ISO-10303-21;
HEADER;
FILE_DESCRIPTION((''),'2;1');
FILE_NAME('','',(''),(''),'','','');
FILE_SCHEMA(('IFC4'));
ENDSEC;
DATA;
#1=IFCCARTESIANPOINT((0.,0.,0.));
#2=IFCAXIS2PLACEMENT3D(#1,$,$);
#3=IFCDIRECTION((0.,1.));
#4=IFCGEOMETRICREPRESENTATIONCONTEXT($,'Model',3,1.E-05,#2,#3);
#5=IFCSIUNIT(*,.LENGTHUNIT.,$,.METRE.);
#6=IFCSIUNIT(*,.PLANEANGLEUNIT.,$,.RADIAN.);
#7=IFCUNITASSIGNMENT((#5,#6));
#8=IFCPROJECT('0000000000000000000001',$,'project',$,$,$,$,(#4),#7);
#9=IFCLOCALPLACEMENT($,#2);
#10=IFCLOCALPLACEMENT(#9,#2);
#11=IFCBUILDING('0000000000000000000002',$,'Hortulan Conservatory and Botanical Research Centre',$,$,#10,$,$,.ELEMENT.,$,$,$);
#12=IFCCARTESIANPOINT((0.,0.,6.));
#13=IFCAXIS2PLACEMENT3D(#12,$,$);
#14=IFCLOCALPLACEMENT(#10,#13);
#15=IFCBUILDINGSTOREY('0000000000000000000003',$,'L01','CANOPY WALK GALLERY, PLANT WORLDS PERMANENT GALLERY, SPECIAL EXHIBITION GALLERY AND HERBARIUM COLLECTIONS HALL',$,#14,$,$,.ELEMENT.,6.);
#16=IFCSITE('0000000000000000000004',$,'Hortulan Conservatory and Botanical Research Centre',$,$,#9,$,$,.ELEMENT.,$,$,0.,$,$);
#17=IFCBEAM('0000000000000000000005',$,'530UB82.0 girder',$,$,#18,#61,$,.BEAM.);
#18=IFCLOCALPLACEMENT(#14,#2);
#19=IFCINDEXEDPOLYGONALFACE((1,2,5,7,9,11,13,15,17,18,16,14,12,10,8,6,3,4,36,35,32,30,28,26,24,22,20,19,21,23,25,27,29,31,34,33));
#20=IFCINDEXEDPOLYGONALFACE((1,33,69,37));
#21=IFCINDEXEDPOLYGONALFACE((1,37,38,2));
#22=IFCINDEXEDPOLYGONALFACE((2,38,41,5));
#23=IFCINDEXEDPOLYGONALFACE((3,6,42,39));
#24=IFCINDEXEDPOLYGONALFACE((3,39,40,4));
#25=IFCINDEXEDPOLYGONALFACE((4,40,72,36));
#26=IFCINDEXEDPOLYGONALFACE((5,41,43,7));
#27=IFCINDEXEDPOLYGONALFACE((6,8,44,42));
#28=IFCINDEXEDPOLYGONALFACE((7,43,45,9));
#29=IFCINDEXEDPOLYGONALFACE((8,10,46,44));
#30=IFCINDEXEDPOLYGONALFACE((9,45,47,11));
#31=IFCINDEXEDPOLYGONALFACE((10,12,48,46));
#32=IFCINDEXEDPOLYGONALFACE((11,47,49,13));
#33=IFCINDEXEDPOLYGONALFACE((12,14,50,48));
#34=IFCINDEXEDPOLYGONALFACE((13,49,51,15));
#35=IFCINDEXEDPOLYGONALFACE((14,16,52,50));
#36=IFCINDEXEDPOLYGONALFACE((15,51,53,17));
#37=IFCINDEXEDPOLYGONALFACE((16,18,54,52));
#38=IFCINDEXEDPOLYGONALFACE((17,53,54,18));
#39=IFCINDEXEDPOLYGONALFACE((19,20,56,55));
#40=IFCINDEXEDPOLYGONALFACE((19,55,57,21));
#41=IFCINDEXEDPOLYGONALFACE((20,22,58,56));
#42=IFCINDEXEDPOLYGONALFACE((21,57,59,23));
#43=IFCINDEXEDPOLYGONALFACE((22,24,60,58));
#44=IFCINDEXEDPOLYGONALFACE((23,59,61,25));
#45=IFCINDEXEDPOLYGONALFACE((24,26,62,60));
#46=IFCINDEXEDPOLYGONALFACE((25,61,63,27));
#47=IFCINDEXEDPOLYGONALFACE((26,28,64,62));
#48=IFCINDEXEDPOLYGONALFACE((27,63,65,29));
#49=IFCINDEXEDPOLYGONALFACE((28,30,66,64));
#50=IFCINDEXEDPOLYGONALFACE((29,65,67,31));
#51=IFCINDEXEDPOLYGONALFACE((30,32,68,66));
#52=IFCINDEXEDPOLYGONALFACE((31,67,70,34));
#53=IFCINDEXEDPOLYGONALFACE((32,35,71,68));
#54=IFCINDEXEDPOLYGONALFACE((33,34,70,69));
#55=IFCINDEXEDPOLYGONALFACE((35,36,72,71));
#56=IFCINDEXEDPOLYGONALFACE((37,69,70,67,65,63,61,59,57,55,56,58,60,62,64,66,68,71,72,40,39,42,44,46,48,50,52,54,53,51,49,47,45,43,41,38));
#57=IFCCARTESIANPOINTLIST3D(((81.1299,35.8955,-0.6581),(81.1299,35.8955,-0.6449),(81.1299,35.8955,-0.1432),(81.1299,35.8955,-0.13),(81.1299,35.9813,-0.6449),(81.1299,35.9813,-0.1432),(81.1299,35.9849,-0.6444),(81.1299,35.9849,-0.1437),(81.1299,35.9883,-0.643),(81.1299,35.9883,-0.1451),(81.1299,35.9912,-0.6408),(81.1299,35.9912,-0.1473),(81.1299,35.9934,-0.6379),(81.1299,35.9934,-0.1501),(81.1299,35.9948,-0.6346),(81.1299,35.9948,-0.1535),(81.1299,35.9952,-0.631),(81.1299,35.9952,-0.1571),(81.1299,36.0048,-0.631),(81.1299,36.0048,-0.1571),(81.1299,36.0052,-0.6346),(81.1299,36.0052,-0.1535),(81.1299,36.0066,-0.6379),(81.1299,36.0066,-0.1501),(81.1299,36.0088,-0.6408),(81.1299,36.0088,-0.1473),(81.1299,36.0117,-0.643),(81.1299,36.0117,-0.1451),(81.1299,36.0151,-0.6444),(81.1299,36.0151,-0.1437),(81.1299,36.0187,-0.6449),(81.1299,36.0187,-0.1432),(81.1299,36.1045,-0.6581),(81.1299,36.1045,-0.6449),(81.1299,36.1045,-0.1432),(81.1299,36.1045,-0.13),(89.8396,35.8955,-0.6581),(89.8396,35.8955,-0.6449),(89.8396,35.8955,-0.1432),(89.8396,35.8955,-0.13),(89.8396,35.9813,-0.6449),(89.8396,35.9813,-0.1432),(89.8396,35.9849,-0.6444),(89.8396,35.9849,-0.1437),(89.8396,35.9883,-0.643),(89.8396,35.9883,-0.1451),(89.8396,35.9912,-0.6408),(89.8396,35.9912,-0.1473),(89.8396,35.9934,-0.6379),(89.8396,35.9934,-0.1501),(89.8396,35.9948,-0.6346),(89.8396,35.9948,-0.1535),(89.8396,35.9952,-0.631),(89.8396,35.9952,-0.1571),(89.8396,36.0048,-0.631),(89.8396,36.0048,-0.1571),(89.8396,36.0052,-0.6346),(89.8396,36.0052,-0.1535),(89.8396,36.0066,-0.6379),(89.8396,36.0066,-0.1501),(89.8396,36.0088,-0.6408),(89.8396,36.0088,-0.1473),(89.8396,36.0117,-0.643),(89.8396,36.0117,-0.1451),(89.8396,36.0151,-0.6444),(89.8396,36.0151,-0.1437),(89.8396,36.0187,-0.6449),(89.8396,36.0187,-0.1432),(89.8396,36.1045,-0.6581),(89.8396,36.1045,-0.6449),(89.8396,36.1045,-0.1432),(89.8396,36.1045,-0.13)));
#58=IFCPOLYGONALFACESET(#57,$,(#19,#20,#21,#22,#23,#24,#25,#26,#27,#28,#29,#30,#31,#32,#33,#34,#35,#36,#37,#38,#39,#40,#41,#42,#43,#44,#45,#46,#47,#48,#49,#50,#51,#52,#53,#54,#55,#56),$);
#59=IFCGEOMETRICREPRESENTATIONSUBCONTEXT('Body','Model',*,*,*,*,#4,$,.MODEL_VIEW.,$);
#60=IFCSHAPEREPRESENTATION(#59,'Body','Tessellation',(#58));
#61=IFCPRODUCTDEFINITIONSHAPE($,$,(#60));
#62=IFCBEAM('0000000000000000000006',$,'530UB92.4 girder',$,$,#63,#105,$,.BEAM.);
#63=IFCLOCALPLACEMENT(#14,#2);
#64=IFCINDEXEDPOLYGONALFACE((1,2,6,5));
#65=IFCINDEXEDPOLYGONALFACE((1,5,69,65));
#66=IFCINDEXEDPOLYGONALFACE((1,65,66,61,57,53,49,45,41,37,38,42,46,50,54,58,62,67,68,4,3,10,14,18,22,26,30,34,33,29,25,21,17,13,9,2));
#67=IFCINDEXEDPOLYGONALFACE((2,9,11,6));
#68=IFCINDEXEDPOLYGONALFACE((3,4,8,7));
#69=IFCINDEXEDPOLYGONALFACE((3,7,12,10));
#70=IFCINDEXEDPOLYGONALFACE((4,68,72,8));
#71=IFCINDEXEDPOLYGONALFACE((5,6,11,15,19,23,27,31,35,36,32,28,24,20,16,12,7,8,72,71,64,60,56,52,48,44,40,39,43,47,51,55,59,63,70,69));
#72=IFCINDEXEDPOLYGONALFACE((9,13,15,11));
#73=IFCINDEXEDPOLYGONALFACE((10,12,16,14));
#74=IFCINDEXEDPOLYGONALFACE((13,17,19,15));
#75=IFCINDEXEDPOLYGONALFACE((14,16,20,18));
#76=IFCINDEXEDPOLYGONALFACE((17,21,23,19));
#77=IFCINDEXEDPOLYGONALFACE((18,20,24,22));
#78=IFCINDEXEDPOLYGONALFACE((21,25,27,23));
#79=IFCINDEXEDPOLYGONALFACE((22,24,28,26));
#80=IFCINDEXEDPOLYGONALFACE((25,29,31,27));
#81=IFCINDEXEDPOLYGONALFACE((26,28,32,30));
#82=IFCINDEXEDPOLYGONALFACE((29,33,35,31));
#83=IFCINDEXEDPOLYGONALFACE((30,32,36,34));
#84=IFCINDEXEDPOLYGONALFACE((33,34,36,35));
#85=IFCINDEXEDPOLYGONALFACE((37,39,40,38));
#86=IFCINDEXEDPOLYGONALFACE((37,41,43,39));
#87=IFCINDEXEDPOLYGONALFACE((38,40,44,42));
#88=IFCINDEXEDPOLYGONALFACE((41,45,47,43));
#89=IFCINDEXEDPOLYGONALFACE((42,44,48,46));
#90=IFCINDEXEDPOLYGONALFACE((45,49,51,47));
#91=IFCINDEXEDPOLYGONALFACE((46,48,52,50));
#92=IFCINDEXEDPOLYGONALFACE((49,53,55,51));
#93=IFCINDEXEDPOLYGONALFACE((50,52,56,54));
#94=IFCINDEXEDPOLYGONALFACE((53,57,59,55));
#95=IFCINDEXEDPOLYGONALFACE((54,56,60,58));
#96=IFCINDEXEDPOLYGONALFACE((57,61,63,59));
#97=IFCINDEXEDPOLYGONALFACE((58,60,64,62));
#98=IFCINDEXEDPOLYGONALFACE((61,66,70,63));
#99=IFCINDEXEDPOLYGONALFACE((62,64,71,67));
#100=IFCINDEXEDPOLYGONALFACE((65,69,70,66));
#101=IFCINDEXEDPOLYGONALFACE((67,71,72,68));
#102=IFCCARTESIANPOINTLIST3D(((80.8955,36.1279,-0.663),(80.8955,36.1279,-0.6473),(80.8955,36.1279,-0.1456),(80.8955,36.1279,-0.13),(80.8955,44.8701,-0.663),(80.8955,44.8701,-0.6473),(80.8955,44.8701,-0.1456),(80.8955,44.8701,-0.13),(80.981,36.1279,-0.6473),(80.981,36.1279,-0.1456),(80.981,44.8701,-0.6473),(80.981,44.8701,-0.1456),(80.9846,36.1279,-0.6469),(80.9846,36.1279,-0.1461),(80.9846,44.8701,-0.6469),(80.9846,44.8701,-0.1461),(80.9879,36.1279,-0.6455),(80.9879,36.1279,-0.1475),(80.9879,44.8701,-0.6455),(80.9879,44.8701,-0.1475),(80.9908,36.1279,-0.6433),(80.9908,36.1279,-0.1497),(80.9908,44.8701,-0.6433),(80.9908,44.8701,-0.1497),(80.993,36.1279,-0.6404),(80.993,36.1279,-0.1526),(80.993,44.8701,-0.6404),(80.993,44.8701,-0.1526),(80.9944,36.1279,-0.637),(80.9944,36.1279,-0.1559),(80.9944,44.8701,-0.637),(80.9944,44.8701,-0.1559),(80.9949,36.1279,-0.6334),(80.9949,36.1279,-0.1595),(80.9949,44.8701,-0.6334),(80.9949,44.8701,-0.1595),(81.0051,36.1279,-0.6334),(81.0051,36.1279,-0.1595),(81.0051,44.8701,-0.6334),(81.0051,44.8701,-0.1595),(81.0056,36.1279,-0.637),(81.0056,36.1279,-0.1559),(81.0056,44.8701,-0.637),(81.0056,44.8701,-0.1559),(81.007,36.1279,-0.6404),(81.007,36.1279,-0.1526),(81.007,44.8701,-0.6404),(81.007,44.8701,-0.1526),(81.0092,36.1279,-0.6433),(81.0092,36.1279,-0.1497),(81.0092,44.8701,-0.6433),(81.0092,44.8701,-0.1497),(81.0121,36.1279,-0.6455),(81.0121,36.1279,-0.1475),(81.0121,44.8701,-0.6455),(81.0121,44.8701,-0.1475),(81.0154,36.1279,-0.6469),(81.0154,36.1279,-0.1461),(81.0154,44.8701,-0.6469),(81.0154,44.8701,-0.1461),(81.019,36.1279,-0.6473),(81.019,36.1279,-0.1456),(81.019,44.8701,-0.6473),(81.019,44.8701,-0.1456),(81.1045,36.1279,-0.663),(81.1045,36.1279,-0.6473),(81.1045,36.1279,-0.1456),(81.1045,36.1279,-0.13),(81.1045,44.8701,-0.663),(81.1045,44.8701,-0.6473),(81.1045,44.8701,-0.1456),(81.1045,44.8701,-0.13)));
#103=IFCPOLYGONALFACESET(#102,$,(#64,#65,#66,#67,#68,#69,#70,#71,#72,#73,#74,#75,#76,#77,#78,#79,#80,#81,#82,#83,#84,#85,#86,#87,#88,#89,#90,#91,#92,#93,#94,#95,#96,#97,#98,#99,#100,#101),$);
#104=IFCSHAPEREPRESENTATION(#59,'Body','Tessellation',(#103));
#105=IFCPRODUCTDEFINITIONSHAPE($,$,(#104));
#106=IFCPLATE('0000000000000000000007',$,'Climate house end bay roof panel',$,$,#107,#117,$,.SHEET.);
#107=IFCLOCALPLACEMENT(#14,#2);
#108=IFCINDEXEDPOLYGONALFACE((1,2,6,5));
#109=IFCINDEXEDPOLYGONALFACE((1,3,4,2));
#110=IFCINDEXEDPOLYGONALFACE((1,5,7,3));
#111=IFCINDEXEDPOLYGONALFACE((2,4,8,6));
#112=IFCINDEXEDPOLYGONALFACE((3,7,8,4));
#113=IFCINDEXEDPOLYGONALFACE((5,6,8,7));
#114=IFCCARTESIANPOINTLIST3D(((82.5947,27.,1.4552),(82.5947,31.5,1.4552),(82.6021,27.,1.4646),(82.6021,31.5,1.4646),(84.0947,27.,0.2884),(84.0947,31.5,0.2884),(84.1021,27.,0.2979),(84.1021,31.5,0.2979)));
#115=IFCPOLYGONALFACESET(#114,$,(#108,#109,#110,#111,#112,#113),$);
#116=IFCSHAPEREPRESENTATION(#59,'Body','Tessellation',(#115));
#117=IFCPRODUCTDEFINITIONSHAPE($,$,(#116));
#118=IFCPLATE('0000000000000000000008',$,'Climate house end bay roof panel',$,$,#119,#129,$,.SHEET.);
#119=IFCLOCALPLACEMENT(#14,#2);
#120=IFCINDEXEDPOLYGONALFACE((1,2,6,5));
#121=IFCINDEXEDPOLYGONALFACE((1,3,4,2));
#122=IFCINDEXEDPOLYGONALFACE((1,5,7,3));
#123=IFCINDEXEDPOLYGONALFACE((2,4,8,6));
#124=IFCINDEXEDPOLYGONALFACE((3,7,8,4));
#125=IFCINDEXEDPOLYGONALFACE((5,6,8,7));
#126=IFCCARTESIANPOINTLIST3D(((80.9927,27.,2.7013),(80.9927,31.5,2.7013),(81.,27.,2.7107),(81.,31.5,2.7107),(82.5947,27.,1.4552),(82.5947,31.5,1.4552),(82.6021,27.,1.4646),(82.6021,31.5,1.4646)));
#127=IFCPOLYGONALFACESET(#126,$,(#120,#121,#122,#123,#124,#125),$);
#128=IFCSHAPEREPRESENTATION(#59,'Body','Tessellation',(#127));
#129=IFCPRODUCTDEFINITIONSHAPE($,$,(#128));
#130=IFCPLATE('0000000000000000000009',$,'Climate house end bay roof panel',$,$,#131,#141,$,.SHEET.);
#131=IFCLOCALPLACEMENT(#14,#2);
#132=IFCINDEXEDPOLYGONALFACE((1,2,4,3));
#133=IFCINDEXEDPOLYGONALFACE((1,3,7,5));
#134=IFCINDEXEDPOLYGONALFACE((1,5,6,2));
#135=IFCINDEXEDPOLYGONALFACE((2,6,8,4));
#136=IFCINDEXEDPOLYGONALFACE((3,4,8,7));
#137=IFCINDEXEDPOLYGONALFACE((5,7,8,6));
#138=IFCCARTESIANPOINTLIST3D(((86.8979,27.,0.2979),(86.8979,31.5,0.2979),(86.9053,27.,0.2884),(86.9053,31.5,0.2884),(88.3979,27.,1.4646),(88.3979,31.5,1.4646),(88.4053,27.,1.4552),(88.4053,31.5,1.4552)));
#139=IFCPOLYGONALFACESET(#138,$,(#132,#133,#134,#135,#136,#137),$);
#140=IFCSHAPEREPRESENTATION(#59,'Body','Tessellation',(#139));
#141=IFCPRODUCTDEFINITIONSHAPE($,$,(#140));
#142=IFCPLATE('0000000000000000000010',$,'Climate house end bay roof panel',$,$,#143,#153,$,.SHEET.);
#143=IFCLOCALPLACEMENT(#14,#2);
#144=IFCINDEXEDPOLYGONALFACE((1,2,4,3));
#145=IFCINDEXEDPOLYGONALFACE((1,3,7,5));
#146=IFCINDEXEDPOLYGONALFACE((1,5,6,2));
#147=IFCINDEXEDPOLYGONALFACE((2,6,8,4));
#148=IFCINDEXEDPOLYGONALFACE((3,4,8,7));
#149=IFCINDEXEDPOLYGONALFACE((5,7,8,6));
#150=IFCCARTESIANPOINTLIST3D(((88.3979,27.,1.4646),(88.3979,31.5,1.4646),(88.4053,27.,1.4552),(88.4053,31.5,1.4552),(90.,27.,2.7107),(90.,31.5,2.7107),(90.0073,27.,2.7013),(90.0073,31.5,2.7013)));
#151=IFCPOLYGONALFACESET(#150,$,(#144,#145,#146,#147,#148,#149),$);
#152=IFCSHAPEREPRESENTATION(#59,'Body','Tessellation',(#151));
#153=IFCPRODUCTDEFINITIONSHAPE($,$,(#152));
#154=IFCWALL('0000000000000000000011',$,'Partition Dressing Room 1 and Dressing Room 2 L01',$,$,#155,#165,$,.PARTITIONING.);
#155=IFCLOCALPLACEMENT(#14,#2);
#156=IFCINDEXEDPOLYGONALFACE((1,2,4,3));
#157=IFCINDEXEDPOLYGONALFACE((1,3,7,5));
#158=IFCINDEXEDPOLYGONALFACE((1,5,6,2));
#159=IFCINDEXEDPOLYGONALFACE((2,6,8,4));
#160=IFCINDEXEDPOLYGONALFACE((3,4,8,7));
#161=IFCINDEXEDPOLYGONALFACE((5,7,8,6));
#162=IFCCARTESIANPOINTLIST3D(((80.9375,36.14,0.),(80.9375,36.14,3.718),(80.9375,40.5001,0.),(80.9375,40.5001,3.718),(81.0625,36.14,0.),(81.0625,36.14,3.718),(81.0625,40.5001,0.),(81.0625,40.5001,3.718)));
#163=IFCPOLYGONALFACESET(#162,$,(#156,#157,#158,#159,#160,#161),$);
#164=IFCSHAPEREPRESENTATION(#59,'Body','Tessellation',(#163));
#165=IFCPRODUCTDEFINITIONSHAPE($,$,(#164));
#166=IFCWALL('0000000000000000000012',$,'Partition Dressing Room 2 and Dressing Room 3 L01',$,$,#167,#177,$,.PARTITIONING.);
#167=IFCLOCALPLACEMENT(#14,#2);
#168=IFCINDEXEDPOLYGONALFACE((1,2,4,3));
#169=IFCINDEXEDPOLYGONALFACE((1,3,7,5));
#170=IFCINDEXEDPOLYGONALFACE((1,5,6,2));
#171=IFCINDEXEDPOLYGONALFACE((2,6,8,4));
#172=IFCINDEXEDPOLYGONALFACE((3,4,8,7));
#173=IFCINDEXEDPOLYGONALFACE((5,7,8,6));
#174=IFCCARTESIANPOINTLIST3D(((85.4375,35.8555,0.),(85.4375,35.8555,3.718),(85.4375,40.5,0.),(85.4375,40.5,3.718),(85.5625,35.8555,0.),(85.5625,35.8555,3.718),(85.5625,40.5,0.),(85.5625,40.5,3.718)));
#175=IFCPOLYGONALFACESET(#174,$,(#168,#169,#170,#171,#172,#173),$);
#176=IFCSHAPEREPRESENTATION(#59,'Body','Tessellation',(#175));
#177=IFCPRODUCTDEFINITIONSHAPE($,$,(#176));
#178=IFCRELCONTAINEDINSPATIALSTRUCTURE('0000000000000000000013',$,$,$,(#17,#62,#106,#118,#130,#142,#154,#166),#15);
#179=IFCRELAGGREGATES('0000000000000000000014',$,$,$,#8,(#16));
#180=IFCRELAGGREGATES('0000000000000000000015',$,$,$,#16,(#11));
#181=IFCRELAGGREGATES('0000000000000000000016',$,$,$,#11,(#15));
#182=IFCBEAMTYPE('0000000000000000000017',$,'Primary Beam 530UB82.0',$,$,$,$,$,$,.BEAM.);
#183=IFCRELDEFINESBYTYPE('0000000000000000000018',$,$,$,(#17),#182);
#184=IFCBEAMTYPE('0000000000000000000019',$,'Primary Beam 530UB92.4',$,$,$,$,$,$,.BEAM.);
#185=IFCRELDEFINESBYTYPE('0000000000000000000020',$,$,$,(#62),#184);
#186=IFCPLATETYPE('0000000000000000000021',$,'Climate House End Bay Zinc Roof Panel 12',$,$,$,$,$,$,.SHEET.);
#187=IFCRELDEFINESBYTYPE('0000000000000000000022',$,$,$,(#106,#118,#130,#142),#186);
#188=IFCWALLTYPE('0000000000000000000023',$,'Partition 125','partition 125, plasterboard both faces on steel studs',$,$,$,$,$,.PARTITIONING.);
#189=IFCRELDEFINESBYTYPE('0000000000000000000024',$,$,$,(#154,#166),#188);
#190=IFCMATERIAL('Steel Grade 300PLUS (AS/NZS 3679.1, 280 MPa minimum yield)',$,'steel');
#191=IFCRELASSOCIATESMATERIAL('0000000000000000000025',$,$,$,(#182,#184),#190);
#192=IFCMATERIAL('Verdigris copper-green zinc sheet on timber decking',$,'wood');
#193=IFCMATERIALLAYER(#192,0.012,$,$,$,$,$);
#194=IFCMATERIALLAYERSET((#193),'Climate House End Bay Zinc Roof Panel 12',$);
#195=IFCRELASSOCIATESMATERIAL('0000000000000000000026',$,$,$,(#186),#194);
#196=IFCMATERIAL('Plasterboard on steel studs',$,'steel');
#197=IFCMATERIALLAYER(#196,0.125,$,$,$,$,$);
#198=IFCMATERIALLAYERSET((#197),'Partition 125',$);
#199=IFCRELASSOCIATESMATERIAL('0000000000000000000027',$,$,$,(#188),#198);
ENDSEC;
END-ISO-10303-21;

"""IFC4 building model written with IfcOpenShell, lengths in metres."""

from ifc_helpers import new_model, si_unit, direction, frame, frame_2d, origin, origin_2d, place, context, subcontext, project, spatial, polyline, rectangle, i_section, outline, extrude, material, layer, layer_set, material_profile, profile_set, type_object, element, save


model = new_model("IFC4")

# Units and contexts
model_context = context("Model", 3, precision=1e-05, world=origin(), true_north=direction((0.0, 1.0)))
body_context = subcontext(model_context, "Body", "Model", "MODEL_VIEW")
ifc_project = project(units=[si_unit("LENGTHUNIT", "METRE"), si_unit("PLANEANGLEUNIT", "RADIAN")], contexts=[model_context])

# Site, building, storey
site_placement = place(None, origin())
site = spatial("IfcSite", under=ifc_project, at=site_placement, Name="Hortulan Conservatory and Botanical Research Centre", CompositionType="ELEMENT", RefElevation=0.0)
building_placement = place(site_placement, origin())
building = spatial("IfcBuilding", under=site, at=building_placement, Name="Hortulan Conservatory and Botanical Research Centre", CompositionType="ELEMENT")
storey_placement = place(building_placement, frame((0.0, 0.0, 6.0)))
storey = spatial("IfcBuildingStorey", under=building, at=storey_placement, Name="L01", Description="CANOPY WALK GALLERY, PLANT WORLDS PERMANENT GALLERY, SPECIAL EXHIBITION GALLERY AND HERBARIUM COLLECTIONS HALL", CompositionType="ELEMENT", Elevation=6.0)

# Shared definitions
ifc_material_1 = material(Name="Steel Grade 300PLUS (AS/NZS 3679.1, 280 MPa minimum yield)", Category="steel")

# Beams
ifc_material_profile_1 = material_profile(ifc_material_1, i_section(OverallWidth=0.209, OverallDepth=0.5281, WebThickness=0.0095, FlangeThickness=0.0132, FilletRadius=0.0139, at=origin_2d()), Name="530UB82.0")
ifc_profile_set_1 = profile_set([ifc_material_profile_1], Name="Steel Grade 300PLUS (AS/NZS 3679.1, 280 MPa minimum yield)")
beam_type_1 = type_object("IfcBeamType", Name="Primary Beam 530UB82.0", PredefinedType="BEAM", material=ifc_profile_set_1)
beam_1_placement = place(storey_placement, frame((81.1299, 36.0, -0.394), z_axis=(1.0, 0.0, 0.0), x_axis=(0.0, 1.0, 0.0)))
element("IfcBeam", 1, at=beam_1_placement, inside=storey, type_object=beam_type_1, Name="530UB82.0 girder", PredefinedType="BEAM", context=body_context, shape_type="SweptSolid", body=[
    extrude(i_section(OverallWidth=0.209, OverallDepth=0.5281, WebThickness=0.0095, FlangeThickness=0.0132, FilletRadius=0.0139, at=origin_2d()), origin(), (0.0, 0.0, 1.0), 8.7097),
])
ifc_material_profile_2 = material_profile(ifc_material_1, i_section(OverallWidth=0.209, OverallDepth=0.533, WebThickness=0.0103, FlangeThickness=0.0156, FilletRadius=0.0139, at=origin_2d()), Name="530UB92.4")
ifc_profile_set_2 = profile_set([ifc_material_profile_2], Name="Steel Grade 300PLUS (AS/NZS 3679.1, 280 MPa minimum yield)")
beam_type_2 = type_object("IfcBeamType", Name="Primary Beam 530UB92.4", PredefinedType="BEAM", material=ifc_profile_set_2)
beam_2_placement = place(storey_placement, frame((81.0, 36.1279, -0.3965), z_axis=(0.0, 1.0, 0.0), x_axis=(-1.0, 0.0, 0.0)))
element("IfcBeam", 2, at=beam_2_placement, inside=storey, type_object=beam_type_2, Name="530UB92.4 girder", PredefinedType="BEAM", context=body_context, shape_type="SweptSolid", body=[
    extrude(i_section(OverallWidth=0.209, OverallDepth=0.533, WebThickness=0.0103, FlangeThickness=0.0156, FilletRadius=0.0139, at=origin_2d()), origin(), (0.0, 0.0, 1.0), 8.7422),
])

# Plates
ifc_material_2 = material(Name="Verdigris copper-green zinc sheet on timber decking", Category="wood")
ifc_layer_1 = layer(ifc_material_2, 0.012)
ifc_layer_set_1 = layer_set([ifc_layer_1], Name="Climate House End Bay Zinc Roof Panel 12")
plate_type = type_object("IfcPlateType", Name="Climate House End Bay Zinc Roof Panel 12", PredefinedType="SHEET", material=ifc_layer_set_1)
plate_1_placement = place(storey_placement, frame((84.1021, 31.5, 0.2979), z_axis=(0.613967, 0.0, 0.789331), x_axis=(-0.789331, 0.0, 0.613967)))
element("IfcPlate", 3, at=plate_1_placement, inside=storey, type_object=plate_type, Name="Climate house end bay roof panel", PredefinedType="SHEET", context=body_context, shape_type="SweptSolid", body=[
    extrude(outline(polyline([(0.0, 0.0), (1.9003, 0.0), (1.9003, 4.5), (0.0, 4.5), (0.0, 0.0)])), origin(), (0.0, 0.0, -1.0), 0.012),
])
plate_2_placement = place(storey_placement, frame((82.6021, 31.5, 1.4646), z_axis=(0.613957, 0.0, 0.789339), x_axis=(-0.789339, 0.0, 0.613957)))
element("IfcPlate", 4, at=plate_2_placement, inside=storey, type_object=plate_type, Name="Climate house end bay roof panel", PredefinedType="SHEET", context=body_context, shape_type="SweptSolid", body=[
    extrude(outline(polyline([(0.0, 0.0), (2.0296, 0.0), (2.0296, 4.5), (0.0, 4.5), (0.0, 0.0)])), origin(), (0.0, 0.0, -1.0), 0.012),
])
plate_3_placement = place(storey_placement, frame((86.8979, 27.0, 0.2979), z_axis=(-0.613967, 0.0, 0.789331), x_axis=(0.789331, 0.0, 0.613967)))
element("IfcPlate", 5, at=plate_3_placement, inside=storey, type_object=plate_type, Name="Climate house end bay roof panel", PredefinedType="SHEET", context=body_context, shape_type="SweptSolid", body=[
    extrude(outline(polyline([(0.0, 0.0), (1.9003, 0.0), (1.9003, 4.5), (0.0, 4.5), (0.0, 0.0)])), origin(), (0.0, 0.0, -1.0), 0.012),
])
plate_4_placement = place(storey_placement, frame((88.3979, 27.0, 1.4646), z_axis=(-0.613957, 0.0, 0.789339), x_axis=(0.789339, 0.0, 0.613957)))
element("IfcPlate", 6, at=plate_4_placement, inside=storey, type_object=plate_type, Name="Climate house end bay roof panel", PredefinedType="SHEET", context=body_context, shape_type="SweptSolid", body=[
    extrude(outline(polyline([(0.0, 0.0), (2.0296, 0.0), (2.0296, 4.5), (0.0, 4.5), (0.0, 0.0)])), origin(), (0.0, 0.0, -1.0), 0.012),
])

# Walls
ifc_material_3 = material(Name="Plasterboard on steel studs", Category="steel")
ifc_layer_2 = layer(ifc_material_3, 0.125)
ifc_layer_set_2 = layer_set([ifc_layer_2], Name="Partition 125")
wall_type_1 = type_object("IfcWallType", Name="Partition 125", Description="partition 125, plasterboard both faces on steel studs", PredefinedType="PARTITIONING", material=ifc_layer_set_2)
wall_1_placement = place(storey_placement, frame((81.0, 36.1399, 0.0), z_axis=(0.0, 0.0, 1.0), x_axis=(0.0, 1.0, 0.0)))
element("IfcWall", 7, at=wall_1_placement, inside=storey, type_object=wall_type_1, Name="Partition Dressing Room 1 and Dressing Room 2 L01", PredefinedType="PARTITIONING", context=body_context, shape_type="SweptSolid", body=[
    extrude(rectangle(XDim=4.3601, YDim=0.125, at=frame_2d((2.1802, 0.0))), origin(), (0.0, 0.0, 1.0), 3.718),
])
wall_2_placement = place(storey_placement, frame((85.5, 35.8555, 0.0), z_axis=(0.0, 0.0, 1.0), x_axis=(0.0, 1.0, 0.0)))
element("IfcWall", 8, at=wall_2_placement, inside=storey, type_object=wall_type_1, Name="Partition Dressing Room 2 and Dressing Room 3 L01", PredefinedType="PARTITIONING", context=body_context, shape_type="SweptSolid", body=[
    extrude(rectangle(XDim=4.6445, YDim=0.125, at=frame_2d((2.3223, 0.0))), origin(), (0.0, 0.0, 1.0), 3.718),
])

save(model, "model.ifc")
